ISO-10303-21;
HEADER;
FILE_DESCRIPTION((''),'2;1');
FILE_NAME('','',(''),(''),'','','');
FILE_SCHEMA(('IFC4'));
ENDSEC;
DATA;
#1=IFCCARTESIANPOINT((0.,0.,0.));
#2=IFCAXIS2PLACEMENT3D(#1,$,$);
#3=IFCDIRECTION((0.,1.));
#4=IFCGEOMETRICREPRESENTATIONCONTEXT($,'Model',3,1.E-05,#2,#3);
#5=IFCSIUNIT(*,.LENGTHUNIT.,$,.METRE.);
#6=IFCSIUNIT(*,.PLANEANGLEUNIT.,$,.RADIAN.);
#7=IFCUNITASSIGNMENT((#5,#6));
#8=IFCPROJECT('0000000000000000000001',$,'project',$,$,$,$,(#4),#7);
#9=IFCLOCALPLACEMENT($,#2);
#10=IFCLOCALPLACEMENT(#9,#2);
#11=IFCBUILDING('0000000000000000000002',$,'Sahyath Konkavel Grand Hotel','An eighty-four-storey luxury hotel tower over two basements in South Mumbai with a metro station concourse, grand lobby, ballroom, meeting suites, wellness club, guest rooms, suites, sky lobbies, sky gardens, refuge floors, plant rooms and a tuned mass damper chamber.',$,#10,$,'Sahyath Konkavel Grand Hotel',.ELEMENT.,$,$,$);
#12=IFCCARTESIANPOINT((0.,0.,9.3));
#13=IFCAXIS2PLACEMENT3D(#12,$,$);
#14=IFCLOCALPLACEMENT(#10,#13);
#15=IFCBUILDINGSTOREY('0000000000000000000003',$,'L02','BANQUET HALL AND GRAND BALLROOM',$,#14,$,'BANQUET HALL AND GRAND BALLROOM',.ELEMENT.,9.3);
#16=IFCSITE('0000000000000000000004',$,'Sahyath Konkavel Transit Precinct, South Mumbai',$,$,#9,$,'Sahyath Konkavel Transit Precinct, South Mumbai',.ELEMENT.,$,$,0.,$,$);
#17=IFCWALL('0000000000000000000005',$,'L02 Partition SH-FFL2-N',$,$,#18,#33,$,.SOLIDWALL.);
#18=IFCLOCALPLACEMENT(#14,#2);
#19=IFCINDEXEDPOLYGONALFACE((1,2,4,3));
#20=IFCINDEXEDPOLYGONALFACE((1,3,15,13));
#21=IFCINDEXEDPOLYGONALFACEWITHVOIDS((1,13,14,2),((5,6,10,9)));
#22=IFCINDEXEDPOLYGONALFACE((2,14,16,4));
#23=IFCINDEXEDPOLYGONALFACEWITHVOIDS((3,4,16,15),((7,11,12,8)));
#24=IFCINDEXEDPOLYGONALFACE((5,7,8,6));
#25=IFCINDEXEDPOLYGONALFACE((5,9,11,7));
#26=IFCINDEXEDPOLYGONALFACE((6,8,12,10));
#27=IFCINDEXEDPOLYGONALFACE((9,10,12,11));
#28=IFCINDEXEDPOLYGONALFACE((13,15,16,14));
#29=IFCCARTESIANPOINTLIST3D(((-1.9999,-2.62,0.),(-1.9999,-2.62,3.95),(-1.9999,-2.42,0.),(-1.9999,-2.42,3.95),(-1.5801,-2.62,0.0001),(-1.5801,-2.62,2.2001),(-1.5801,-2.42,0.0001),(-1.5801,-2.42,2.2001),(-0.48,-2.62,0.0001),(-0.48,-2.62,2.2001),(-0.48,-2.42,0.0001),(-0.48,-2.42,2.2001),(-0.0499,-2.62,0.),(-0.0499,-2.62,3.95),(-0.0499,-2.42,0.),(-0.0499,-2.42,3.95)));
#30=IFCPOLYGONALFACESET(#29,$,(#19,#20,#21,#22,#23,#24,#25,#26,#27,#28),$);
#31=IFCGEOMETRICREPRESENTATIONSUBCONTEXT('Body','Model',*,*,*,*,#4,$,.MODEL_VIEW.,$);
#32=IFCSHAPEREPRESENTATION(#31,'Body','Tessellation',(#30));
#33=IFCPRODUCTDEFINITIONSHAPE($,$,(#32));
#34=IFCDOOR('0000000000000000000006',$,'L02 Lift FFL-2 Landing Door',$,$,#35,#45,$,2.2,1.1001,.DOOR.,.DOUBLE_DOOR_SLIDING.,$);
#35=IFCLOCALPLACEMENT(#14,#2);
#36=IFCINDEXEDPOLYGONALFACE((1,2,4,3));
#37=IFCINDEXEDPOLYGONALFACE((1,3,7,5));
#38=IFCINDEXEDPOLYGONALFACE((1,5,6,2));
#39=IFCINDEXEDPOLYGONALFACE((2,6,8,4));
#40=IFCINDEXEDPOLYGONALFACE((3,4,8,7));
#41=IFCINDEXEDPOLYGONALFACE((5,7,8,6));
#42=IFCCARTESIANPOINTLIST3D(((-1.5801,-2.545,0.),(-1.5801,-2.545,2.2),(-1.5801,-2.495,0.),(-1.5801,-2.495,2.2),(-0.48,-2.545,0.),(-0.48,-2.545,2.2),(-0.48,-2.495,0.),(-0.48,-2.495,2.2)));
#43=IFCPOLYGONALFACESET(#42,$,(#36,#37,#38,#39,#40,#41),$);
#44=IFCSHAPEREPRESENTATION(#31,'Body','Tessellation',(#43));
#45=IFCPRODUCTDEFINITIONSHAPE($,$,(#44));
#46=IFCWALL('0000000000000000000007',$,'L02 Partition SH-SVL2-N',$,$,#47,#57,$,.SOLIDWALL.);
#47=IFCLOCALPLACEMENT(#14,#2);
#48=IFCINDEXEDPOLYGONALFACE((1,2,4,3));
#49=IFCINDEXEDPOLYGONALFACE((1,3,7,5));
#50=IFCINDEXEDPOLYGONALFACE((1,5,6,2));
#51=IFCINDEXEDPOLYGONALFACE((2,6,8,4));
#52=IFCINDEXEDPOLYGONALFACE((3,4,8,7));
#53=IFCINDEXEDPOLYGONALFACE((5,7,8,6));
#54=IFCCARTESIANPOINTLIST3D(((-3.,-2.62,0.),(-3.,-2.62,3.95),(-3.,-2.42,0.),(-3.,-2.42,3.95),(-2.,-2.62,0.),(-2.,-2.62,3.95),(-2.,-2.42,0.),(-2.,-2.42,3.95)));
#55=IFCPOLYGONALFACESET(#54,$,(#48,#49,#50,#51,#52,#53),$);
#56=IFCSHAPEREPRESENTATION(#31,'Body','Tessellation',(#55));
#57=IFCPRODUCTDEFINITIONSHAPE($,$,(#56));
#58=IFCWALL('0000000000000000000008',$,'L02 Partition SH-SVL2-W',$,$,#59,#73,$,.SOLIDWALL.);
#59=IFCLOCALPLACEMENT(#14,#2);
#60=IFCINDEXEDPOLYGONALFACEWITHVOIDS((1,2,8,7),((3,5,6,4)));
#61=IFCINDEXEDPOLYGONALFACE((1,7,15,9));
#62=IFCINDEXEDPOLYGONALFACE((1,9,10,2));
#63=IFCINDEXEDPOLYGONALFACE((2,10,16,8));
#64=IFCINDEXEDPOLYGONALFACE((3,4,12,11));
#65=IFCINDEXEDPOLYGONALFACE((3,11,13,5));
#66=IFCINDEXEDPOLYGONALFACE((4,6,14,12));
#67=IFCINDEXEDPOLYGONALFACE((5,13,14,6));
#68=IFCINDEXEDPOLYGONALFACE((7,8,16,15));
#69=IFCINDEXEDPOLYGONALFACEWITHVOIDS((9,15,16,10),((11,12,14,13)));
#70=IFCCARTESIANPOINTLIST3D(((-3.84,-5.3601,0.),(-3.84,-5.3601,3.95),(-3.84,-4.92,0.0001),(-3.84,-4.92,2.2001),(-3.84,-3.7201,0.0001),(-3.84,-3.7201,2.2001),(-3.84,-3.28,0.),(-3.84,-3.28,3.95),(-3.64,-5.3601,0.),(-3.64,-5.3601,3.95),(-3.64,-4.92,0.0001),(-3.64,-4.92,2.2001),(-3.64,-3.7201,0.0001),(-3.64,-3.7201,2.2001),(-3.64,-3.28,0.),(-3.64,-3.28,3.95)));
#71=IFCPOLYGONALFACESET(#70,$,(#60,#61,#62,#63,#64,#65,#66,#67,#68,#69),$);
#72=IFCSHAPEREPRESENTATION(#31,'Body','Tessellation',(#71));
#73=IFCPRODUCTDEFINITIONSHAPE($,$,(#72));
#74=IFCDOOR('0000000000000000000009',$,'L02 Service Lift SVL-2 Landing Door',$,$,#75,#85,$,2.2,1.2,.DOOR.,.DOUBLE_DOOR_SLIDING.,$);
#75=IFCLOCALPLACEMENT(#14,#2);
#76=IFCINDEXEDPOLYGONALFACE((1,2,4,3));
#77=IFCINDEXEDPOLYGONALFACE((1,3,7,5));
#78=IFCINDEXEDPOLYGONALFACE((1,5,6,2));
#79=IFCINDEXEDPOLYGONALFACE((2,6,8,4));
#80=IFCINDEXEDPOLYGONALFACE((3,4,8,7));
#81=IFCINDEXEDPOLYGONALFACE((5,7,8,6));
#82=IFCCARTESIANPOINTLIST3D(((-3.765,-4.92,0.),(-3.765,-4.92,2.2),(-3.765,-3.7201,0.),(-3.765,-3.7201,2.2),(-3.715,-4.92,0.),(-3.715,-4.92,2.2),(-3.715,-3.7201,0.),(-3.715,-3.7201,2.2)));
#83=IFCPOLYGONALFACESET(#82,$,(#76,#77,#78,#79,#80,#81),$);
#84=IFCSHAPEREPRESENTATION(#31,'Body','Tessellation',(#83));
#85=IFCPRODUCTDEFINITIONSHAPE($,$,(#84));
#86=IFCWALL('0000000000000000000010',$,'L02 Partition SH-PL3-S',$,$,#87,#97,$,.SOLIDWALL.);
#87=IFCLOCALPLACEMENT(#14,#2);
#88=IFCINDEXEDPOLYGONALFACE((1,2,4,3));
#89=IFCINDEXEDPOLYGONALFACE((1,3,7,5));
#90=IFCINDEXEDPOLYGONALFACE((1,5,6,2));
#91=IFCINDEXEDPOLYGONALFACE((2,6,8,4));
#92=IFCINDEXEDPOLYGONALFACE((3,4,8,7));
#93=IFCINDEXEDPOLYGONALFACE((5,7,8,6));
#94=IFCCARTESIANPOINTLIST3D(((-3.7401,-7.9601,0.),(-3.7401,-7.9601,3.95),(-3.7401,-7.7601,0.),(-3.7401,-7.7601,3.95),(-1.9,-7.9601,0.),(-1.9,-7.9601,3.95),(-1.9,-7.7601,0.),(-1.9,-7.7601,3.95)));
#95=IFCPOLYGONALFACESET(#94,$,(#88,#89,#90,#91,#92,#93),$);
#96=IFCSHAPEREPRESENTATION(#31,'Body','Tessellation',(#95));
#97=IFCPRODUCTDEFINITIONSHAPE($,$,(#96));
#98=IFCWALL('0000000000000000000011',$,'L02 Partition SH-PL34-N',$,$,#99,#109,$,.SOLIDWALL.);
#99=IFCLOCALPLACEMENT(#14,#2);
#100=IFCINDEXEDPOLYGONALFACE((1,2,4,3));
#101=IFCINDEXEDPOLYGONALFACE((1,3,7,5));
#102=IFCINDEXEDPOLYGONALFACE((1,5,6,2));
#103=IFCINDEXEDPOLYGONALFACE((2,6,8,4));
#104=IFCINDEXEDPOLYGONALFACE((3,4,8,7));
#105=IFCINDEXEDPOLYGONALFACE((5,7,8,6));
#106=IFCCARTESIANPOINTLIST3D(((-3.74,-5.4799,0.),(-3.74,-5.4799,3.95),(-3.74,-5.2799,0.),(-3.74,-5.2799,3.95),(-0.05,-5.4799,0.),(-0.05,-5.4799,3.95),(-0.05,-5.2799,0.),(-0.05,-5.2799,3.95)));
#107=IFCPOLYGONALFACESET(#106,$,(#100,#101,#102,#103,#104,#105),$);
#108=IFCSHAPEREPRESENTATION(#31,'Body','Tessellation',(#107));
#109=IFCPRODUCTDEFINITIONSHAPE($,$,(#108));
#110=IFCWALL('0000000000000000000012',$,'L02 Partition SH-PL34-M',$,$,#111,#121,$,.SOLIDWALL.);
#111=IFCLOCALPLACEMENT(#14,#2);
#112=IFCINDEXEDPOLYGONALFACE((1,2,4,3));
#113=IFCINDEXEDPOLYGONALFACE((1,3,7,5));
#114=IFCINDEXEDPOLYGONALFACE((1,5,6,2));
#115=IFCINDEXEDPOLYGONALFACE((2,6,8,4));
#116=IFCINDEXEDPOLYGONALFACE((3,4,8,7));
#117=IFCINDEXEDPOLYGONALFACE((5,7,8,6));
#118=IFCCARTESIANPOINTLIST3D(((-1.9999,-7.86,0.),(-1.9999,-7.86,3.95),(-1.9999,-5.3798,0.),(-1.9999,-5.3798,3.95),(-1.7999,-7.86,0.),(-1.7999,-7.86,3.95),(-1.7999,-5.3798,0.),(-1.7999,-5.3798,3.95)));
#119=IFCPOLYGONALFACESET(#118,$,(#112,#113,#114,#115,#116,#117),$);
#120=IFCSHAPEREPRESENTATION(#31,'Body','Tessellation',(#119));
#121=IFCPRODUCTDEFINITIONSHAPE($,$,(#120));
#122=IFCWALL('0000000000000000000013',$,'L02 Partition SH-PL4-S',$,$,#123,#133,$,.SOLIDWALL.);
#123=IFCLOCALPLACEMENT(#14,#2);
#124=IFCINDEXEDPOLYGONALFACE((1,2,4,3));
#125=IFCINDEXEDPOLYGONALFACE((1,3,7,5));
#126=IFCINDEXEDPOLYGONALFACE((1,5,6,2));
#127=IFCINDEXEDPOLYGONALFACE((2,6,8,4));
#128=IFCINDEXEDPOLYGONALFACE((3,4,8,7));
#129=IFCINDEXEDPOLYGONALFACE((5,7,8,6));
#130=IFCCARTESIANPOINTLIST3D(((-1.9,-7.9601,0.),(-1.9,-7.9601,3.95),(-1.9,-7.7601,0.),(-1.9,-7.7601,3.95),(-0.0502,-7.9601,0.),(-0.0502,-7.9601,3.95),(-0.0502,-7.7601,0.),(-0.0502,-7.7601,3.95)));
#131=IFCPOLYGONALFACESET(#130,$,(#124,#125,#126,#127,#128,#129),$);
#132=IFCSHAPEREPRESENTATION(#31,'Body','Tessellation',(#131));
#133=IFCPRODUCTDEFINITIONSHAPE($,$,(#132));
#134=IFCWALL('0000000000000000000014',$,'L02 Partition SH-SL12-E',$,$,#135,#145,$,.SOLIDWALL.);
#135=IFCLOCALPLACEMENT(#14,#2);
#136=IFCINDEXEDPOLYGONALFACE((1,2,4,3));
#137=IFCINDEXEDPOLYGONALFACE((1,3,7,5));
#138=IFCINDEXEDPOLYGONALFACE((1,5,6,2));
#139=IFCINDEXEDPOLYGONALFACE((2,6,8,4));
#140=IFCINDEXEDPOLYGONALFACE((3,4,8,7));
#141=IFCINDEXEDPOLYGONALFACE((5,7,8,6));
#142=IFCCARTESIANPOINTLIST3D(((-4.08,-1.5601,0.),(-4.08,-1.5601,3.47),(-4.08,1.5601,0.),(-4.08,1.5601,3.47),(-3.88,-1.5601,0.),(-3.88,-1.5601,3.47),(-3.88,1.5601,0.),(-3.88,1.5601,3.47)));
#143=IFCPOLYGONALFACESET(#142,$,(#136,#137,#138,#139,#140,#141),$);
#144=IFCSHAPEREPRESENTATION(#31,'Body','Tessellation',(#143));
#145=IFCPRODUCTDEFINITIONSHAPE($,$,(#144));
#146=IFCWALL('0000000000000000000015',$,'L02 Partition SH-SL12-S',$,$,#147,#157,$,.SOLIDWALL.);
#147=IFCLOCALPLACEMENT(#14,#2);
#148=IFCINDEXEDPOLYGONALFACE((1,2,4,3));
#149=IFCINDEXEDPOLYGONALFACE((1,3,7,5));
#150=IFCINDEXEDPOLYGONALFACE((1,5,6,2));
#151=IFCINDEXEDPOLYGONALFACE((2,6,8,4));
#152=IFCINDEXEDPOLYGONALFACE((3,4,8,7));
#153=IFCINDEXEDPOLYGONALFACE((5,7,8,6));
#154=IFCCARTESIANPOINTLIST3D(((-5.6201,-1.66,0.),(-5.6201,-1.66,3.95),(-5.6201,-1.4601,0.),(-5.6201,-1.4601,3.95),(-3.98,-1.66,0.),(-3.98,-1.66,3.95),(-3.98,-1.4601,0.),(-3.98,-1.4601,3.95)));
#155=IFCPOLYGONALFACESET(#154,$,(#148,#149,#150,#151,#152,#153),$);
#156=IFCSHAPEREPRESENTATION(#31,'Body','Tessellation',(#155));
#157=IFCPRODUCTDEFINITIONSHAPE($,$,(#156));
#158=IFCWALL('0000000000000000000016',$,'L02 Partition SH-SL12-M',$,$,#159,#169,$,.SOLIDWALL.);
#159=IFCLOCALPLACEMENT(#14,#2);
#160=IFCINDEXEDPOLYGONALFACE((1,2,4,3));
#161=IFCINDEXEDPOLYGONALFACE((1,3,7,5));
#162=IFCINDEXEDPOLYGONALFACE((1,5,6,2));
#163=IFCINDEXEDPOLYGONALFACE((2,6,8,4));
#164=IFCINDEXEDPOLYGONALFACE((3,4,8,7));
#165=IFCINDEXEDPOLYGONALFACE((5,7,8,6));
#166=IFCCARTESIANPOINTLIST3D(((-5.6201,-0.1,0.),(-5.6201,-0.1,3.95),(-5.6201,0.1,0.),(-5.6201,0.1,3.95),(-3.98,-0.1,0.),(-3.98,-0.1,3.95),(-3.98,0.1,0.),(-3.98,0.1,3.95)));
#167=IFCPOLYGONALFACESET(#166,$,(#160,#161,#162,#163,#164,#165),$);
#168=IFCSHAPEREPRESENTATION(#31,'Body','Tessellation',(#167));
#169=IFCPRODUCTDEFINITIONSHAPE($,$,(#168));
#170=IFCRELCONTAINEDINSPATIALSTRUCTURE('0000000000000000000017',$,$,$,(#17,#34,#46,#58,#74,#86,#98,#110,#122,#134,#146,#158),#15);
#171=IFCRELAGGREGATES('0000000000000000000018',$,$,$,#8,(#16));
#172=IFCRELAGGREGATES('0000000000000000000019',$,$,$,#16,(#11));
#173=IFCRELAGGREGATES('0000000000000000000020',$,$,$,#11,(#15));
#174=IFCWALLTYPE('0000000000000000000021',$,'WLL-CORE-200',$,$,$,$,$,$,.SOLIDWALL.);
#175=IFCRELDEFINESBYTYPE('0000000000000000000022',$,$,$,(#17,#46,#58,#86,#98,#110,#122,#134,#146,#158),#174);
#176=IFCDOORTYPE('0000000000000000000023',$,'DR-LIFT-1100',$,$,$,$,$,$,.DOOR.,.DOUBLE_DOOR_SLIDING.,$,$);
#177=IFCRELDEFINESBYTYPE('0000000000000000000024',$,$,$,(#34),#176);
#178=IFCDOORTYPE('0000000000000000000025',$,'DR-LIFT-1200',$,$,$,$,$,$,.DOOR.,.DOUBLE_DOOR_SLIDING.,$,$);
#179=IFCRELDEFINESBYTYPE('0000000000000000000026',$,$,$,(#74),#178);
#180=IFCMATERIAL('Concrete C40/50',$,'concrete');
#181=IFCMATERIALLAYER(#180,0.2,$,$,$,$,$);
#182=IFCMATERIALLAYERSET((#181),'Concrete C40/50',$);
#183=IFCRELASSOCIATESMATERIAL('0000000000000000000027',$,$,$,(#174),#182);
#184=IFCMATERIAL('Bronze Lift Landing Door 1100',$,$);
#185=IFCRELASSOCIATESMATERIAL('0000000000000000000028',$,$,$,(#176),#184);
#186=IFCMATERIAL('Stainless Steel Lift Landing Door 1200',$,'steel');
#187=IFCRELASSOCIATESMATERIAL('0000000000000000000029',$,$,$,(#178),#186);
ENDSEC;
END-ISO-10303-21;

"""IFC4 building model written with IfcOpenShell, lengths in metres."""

from ifc_helpers import new_model, si_unit, direction, frame, frame_2d, origin, origin_2d, place, context, subcontext, project, spatial, rectangle, extrude, source, transform, mapped, material, layer, layer_set, type_object, element, fill, save


model = new_model("IFC4")

# Units and contexts
model_context = context("Model", 3, precision=1e-05, world=origin(), true_north=direction((0.0, 1.0)))
body_context = subcontext(model_context, "Body", "Model", "MODEL_VIEW")
ifc_project = project(units=[si_unit("LENGTHUNIT", "METRE"), si_unit("PLANEANGLEUNIT", "RADIAN")], contexts=[model_context])

# Site, building, storey
site_placement = place(None, origin())
site = spatial("IfcSite", under=ifc_project, at=site_placement, Name="Sahyath Konkavel Transit Precinct, South Mumbai", LongName="Sahyath Konkavel Transit Precinct, South Mumbai", CompositionType="ELEMENT", RefElevation=0.0)
building_placement = place(site_placement, origin())
building = spatial("IfcBuilding", under=site, at=building_placement, Name="Sahyath Konkavel Grand Hotel", Description="An eighty-four-storey luxury hotel tower over two basements in South Mumbai with a metro station concourse, grand lobby, ballroom, meeting suites, wellness club, guest rooms, suites, sky lobbies, sky gardens, refuge floors, plant rooms and a tuned mass damper chamber.", LongName="Sahyath Konkavel Grand Hotel", CompositionType="ELEMENT")
storey_placement = place(building_placement, frame((0.0, 0.0, 9.3)))
storey = spatial("IfcBuildingStorey", under=building, at=storey_placement, Name="L02", Description="BANQUET HALL AND GRAND BALLROOM", LongName="BANQUET HALL AND GRAND BALLROOM", CompositionType="ELEMENT", Elevation=9.3)

# Shared definitions
ifc_material_1 = material(Name="Concrete C40/50", Category="concrete")
ifc_layer_1 = layer(ifc_material_1, 0.2)
ifc_layer_set_1 = layer_set([ifc_layer_1], Name="Concrete C40/50")
wall_type = type_object("IfcWallType", Name="WLL-CORE-200", PredefinedType="SOLIDWALL", material=ifc_layer_set_1)

# Wall, opening, door
wall_1_placement = place(storey_placement, frame((-2.0, -2.52, 0.0), z_axis=(0.0, 0.0, 1.0), x_axis=(1.0, 0.0, 0.0)))
wall_1 = element("IfcWall", 1, at=wall_1_placement, inside=storey, type_object=wall_type, Name="L02 Partition SH-FFL2-N", PredefinedType="SOLIDWALL", context=body_context, shape_type="SweptSolid", body=[
    extrude(rectangle(XDim=1.95, YDim=0.2, at=frame_2d((0.9751, 0.0))), origin(), (0.0, 0.0, 1.0), 3.95),
])
opening_1_placement = place(wall_1_placement, frame((0.4199, 0.0, 0.0)))
opening_1 = element("IfcOpeningElement", 2, at=opening_1_placement, cuts=wall_1, PredefinedType="OPENING", context=body_context, shape_type="SweptSolid", body=[
    extrude(rectangle(XDim=1.1001, YDim=2.2, at=frame_2d((0.55, 1.1001))), frame((0.0, 0.1099, 0.0), z_axis=(0.0, -1.0, 0.0), x_axis=(1.0, 0.0, 0.0)), (0.0, 0.0, 1.0), 0.22),
])
ifc_material_2 = material(Name="Bronze Lift Landing Door 1100")
door_type_1 = type_object("IfcDoorType", Name="DR-LIFT-1100", OperationType="DOUBLE_DOOR_SLIDING", PredefinedType="DOOR", material=ifc_material_2)
shared_shape_1 = source(origin(), body_context, "Body", "SweptSolid", [
    extrude(rectangle(XDim=1.1001, YDim=0.05, at=origin_2d()), origin(), (0.0, 0.0, 1.0), 2.2),
])
door_1_placement = place(opening_1_placement, frame((0.55, 0.0, 0.0)))
door_1 = element("IfcDoor", 3, at=door_1_placement, inside=storey, type_object=door_type_1, Name="L02 Lift FFL-2 Landing Door", OperationType="DOUBLE_DOOR_SLIDING", OverallHeight=2.2, OverallWidth=1.1001, PredefinedType="DOOR", context=body_context, shape_type="MappedRepresentation", body=[
    mapped(shared_shape_1, transform((0.0, 0.0, 0.0), scale=1.0)),
])
fill(opening_1, door_1)

# Wall
wall_2_placement = place(storey_placement, frame((-3.0, -2.52, 0.0), z_axis=(0.0, 0.0, 1.0), x_axis=(1.0, 0.0, 0.0)))
element("IfcWall", 4, at=wall_2_placement, inside=storey, type_object=wall_type, Name="L02 Partition SH-SVL2-N", PredefinedType="SOLIDWALL", context=body_context, shape_type="SweptSolid", body=[
    extrude(rectangle(XDim=1.0, YDim=0.2, at=frame_2d((0.5, 0.0))), origin(), (0.0, 0.0, 1.0), 3.95),
])

# Wall, opening, door
wall_3_placement = place(storey_placement, frame((-3.74, -5.3601, 0.0), z_axis=(0.0, 0.0, 1.0), x_axis=(0.0, 1.0, 0.0)))
wall_3 = element("IfcWall", 5, at=wall_3_placement, inside=storey, type_object=wall_type, Name="L02 Partition SH-SVL2-W", PredefinedType="SOLIDWALL", context=body_context, shape_type="SweptSolid", body=[
    extrude(rectangle(XDim=2.0801, YDim=0.2, at=frame_2d((1.04, 0.0))), origin(), (0.0, 0.0, 1.0), 3.95),
])
opening_2_placement = place(wall_3_placement, frame((0.4399, 0.0, 0.0)))
opening_2 = element("IfcOpeningElement", 6, at=opening_2_placement, cuts=wall_3, PredefinedType="OPENING", context=body_context, shape_type="SweptSolid", body=[
    extrude(rectangle(XDim=1.2, YDim=2.2, at=frame_2d((0.6001, 1.1001))), frame((0.0, 0.1099, 0.0), z_axis=(0.0, -1.0, 0.0), x_axis=(1.0, 0.0, 0.0)), (0.0, 0.0, 1.0), 0.22),
])
ifc_material_3 = material(Name="Stainless Steel Lift Landing Door 1200", Category="steel")
door_type_2 = type_object("IfcDoorType", Name="DR-LIFT-1200", OperationType="DOUBLE_DOOR_SLIDING", PredefinedType="DOOR", material=ifc_material_3)
shared_shape_2 = source(origin(), body_context, "Body", "SweptSolid", [
    extrude(rectangle(XDim=1.2, YDim=0.05, at=origin_2d()), origin(), (0.0, 0.0, 1.0), 2.2),
])
door_2_placement = place(opening_2_placement, frame((0.6001, 0.0, 0.0)))
door_2 = element("IfcDoor", 7, at=door_2_placement, inside=storey, type_object=door_type_2, Name="L02 Service Lift SVL-2 Landing Door", OperationType="DOUBLE_DOOR_SLIDING", OverallHeight=2.2, OverallWidth=1.2, PredefinedType="DOOR", context=body_context, shape_type="MappedRepresentation", body=[
    mapped(shared_shape_2, transform((0.0, 0.0, 0.0), scale=1.0)),
])
fill(opening_2, door_2)

# Walls
wall_4_placement = place(storey_placement, frame((-3.74, -7.8601, 0.0), z_axis=(0.0, 0.0, 1.0), x_axis=(1.0, 0.0, 0.0)))
element("IfcWall", 8, at=wall_4_placement, inside=storey, type_object=wall_type, Name="L02 Partition SH-PL3-S", PredefinedType="SOLIDWALL", context=body_context, shape_type="SweptSolid", body=[
    extrude(rectangle(XDim=1.8401, YDim=0.2, at=frame_2d((0.9199, 0.0))), origin(), (0.0, 0.0, 1.0), 3.95),
])
wall_5_placement = place(storey_placement, frame((-3.74, -5.3799, 0.0), z_axis=(0.0, 0.0, 1.0), x_axis=(1.0, 0.0, 0.0)))
element("IfcWall", 9, at=wall_5_placement, inside=storey, type_object=wall_type, Name="L02 Partition SH-PL34-N", PredefinedType="SOLIDWALL", context=body_context, shape_type="SweptSolid", body=[
    extrude(rectangle(XDim=3.6899, YDim=0.2, at=frame_2d((1.845, 0.0))), origin(), (0.0, 0.0, 1.0), 3.95),
])
wall_6_placement = place(storey_placement, frame((-1.8999, -7.8601, 0.0), z_axis=(0.0, 0.0, 1.0), x_axis=(0.0, 1.0, 0.0)))
element("IfcWall", 10, at=wall_6_placement, inside=storey, type_object=wall_type, Name="L02 Partition SH-PL34-M", PredefinedType="SOLIDWALL", context=body_context, shape_type="SweptSolid", body=[
    extrude(rectangle(XDim=2.4802, YDim=0.2, at=frame_2d((1.2402, 0.0))), origin(), (0.0, 0.0, 1.0), 3.95),
])
wall_7_placement = place(storey_placement, frame((-1.8999, -7.8601, 0.0), z_axis=(0.0, 0.0, 1.0), x_axis=(1.0, 0.0, 0.0)))
element("IfcWall", 11, at=wall_7_placement, inside=storey, type_object=wall_type, Name="L02 Partition SH-PL4-S", PredefinedType="SOLIDWALL", context=body_context, shape_type="SweptSolid", body=[
    extrude(rectangle(XDim=1.8499, YDim=0.2, at=frame_2d((0.9248, 0.0))), origin(), (0.0, 0.0, 1.0), 3.95),
])
wall_8_placement = place(storey_placement, frame((-3.98, -1.5601, 0.0), z_axis=(0.0, 0.0, 1.0), x_axis=(0.0, 1.0, 0.0)))
element("IfcWall", 12, at=wall_8_placement, inside=storey, type_object=wall_type, Name="L02 Partition SH-SL12-E", PredefinedType="SOLIDWALL", context=body_context, shape_type="SweptSolid", body=[
    extrude(rectangle(XDim=3.1201, YDim=0.2, at=frame_2d((1.5601, 0.0))), origin(), (0.0, 0.0, 1.0), 3.47),
])
for number, where, z_axis, x_axis, name in (
    (13, (-5.6201, -1.5601, 0.0), (0.0, 0.0, 1.0), (1.0, 0.0, 0.0), "L02 Partition SH-SL12-S"),
    (14, (-5.6201, 0.0, 0.0), (0.0, 0.0, 1.0), (1.0, 0.0, 0.0), "L02 Partition SH-SL12-M"),
):
    element("IfcWall", number, at=place(storey_placement, frame(where, z_axis=z_axis, x_axis=x_axis)), inside=storey, type_object=wall_type, Name=name, PredefinedType="SOLIDWALL", context=body_context, shape_type="SweptSolid", body=[
        extrude(rectangle(XDim=1.6401, YDim=0.2, at=frame_2d((0.8201, 0.0))), origin(), (0.0, 0.0, 1.0), 3.95),
    ])

save(model, "model.ifc")
